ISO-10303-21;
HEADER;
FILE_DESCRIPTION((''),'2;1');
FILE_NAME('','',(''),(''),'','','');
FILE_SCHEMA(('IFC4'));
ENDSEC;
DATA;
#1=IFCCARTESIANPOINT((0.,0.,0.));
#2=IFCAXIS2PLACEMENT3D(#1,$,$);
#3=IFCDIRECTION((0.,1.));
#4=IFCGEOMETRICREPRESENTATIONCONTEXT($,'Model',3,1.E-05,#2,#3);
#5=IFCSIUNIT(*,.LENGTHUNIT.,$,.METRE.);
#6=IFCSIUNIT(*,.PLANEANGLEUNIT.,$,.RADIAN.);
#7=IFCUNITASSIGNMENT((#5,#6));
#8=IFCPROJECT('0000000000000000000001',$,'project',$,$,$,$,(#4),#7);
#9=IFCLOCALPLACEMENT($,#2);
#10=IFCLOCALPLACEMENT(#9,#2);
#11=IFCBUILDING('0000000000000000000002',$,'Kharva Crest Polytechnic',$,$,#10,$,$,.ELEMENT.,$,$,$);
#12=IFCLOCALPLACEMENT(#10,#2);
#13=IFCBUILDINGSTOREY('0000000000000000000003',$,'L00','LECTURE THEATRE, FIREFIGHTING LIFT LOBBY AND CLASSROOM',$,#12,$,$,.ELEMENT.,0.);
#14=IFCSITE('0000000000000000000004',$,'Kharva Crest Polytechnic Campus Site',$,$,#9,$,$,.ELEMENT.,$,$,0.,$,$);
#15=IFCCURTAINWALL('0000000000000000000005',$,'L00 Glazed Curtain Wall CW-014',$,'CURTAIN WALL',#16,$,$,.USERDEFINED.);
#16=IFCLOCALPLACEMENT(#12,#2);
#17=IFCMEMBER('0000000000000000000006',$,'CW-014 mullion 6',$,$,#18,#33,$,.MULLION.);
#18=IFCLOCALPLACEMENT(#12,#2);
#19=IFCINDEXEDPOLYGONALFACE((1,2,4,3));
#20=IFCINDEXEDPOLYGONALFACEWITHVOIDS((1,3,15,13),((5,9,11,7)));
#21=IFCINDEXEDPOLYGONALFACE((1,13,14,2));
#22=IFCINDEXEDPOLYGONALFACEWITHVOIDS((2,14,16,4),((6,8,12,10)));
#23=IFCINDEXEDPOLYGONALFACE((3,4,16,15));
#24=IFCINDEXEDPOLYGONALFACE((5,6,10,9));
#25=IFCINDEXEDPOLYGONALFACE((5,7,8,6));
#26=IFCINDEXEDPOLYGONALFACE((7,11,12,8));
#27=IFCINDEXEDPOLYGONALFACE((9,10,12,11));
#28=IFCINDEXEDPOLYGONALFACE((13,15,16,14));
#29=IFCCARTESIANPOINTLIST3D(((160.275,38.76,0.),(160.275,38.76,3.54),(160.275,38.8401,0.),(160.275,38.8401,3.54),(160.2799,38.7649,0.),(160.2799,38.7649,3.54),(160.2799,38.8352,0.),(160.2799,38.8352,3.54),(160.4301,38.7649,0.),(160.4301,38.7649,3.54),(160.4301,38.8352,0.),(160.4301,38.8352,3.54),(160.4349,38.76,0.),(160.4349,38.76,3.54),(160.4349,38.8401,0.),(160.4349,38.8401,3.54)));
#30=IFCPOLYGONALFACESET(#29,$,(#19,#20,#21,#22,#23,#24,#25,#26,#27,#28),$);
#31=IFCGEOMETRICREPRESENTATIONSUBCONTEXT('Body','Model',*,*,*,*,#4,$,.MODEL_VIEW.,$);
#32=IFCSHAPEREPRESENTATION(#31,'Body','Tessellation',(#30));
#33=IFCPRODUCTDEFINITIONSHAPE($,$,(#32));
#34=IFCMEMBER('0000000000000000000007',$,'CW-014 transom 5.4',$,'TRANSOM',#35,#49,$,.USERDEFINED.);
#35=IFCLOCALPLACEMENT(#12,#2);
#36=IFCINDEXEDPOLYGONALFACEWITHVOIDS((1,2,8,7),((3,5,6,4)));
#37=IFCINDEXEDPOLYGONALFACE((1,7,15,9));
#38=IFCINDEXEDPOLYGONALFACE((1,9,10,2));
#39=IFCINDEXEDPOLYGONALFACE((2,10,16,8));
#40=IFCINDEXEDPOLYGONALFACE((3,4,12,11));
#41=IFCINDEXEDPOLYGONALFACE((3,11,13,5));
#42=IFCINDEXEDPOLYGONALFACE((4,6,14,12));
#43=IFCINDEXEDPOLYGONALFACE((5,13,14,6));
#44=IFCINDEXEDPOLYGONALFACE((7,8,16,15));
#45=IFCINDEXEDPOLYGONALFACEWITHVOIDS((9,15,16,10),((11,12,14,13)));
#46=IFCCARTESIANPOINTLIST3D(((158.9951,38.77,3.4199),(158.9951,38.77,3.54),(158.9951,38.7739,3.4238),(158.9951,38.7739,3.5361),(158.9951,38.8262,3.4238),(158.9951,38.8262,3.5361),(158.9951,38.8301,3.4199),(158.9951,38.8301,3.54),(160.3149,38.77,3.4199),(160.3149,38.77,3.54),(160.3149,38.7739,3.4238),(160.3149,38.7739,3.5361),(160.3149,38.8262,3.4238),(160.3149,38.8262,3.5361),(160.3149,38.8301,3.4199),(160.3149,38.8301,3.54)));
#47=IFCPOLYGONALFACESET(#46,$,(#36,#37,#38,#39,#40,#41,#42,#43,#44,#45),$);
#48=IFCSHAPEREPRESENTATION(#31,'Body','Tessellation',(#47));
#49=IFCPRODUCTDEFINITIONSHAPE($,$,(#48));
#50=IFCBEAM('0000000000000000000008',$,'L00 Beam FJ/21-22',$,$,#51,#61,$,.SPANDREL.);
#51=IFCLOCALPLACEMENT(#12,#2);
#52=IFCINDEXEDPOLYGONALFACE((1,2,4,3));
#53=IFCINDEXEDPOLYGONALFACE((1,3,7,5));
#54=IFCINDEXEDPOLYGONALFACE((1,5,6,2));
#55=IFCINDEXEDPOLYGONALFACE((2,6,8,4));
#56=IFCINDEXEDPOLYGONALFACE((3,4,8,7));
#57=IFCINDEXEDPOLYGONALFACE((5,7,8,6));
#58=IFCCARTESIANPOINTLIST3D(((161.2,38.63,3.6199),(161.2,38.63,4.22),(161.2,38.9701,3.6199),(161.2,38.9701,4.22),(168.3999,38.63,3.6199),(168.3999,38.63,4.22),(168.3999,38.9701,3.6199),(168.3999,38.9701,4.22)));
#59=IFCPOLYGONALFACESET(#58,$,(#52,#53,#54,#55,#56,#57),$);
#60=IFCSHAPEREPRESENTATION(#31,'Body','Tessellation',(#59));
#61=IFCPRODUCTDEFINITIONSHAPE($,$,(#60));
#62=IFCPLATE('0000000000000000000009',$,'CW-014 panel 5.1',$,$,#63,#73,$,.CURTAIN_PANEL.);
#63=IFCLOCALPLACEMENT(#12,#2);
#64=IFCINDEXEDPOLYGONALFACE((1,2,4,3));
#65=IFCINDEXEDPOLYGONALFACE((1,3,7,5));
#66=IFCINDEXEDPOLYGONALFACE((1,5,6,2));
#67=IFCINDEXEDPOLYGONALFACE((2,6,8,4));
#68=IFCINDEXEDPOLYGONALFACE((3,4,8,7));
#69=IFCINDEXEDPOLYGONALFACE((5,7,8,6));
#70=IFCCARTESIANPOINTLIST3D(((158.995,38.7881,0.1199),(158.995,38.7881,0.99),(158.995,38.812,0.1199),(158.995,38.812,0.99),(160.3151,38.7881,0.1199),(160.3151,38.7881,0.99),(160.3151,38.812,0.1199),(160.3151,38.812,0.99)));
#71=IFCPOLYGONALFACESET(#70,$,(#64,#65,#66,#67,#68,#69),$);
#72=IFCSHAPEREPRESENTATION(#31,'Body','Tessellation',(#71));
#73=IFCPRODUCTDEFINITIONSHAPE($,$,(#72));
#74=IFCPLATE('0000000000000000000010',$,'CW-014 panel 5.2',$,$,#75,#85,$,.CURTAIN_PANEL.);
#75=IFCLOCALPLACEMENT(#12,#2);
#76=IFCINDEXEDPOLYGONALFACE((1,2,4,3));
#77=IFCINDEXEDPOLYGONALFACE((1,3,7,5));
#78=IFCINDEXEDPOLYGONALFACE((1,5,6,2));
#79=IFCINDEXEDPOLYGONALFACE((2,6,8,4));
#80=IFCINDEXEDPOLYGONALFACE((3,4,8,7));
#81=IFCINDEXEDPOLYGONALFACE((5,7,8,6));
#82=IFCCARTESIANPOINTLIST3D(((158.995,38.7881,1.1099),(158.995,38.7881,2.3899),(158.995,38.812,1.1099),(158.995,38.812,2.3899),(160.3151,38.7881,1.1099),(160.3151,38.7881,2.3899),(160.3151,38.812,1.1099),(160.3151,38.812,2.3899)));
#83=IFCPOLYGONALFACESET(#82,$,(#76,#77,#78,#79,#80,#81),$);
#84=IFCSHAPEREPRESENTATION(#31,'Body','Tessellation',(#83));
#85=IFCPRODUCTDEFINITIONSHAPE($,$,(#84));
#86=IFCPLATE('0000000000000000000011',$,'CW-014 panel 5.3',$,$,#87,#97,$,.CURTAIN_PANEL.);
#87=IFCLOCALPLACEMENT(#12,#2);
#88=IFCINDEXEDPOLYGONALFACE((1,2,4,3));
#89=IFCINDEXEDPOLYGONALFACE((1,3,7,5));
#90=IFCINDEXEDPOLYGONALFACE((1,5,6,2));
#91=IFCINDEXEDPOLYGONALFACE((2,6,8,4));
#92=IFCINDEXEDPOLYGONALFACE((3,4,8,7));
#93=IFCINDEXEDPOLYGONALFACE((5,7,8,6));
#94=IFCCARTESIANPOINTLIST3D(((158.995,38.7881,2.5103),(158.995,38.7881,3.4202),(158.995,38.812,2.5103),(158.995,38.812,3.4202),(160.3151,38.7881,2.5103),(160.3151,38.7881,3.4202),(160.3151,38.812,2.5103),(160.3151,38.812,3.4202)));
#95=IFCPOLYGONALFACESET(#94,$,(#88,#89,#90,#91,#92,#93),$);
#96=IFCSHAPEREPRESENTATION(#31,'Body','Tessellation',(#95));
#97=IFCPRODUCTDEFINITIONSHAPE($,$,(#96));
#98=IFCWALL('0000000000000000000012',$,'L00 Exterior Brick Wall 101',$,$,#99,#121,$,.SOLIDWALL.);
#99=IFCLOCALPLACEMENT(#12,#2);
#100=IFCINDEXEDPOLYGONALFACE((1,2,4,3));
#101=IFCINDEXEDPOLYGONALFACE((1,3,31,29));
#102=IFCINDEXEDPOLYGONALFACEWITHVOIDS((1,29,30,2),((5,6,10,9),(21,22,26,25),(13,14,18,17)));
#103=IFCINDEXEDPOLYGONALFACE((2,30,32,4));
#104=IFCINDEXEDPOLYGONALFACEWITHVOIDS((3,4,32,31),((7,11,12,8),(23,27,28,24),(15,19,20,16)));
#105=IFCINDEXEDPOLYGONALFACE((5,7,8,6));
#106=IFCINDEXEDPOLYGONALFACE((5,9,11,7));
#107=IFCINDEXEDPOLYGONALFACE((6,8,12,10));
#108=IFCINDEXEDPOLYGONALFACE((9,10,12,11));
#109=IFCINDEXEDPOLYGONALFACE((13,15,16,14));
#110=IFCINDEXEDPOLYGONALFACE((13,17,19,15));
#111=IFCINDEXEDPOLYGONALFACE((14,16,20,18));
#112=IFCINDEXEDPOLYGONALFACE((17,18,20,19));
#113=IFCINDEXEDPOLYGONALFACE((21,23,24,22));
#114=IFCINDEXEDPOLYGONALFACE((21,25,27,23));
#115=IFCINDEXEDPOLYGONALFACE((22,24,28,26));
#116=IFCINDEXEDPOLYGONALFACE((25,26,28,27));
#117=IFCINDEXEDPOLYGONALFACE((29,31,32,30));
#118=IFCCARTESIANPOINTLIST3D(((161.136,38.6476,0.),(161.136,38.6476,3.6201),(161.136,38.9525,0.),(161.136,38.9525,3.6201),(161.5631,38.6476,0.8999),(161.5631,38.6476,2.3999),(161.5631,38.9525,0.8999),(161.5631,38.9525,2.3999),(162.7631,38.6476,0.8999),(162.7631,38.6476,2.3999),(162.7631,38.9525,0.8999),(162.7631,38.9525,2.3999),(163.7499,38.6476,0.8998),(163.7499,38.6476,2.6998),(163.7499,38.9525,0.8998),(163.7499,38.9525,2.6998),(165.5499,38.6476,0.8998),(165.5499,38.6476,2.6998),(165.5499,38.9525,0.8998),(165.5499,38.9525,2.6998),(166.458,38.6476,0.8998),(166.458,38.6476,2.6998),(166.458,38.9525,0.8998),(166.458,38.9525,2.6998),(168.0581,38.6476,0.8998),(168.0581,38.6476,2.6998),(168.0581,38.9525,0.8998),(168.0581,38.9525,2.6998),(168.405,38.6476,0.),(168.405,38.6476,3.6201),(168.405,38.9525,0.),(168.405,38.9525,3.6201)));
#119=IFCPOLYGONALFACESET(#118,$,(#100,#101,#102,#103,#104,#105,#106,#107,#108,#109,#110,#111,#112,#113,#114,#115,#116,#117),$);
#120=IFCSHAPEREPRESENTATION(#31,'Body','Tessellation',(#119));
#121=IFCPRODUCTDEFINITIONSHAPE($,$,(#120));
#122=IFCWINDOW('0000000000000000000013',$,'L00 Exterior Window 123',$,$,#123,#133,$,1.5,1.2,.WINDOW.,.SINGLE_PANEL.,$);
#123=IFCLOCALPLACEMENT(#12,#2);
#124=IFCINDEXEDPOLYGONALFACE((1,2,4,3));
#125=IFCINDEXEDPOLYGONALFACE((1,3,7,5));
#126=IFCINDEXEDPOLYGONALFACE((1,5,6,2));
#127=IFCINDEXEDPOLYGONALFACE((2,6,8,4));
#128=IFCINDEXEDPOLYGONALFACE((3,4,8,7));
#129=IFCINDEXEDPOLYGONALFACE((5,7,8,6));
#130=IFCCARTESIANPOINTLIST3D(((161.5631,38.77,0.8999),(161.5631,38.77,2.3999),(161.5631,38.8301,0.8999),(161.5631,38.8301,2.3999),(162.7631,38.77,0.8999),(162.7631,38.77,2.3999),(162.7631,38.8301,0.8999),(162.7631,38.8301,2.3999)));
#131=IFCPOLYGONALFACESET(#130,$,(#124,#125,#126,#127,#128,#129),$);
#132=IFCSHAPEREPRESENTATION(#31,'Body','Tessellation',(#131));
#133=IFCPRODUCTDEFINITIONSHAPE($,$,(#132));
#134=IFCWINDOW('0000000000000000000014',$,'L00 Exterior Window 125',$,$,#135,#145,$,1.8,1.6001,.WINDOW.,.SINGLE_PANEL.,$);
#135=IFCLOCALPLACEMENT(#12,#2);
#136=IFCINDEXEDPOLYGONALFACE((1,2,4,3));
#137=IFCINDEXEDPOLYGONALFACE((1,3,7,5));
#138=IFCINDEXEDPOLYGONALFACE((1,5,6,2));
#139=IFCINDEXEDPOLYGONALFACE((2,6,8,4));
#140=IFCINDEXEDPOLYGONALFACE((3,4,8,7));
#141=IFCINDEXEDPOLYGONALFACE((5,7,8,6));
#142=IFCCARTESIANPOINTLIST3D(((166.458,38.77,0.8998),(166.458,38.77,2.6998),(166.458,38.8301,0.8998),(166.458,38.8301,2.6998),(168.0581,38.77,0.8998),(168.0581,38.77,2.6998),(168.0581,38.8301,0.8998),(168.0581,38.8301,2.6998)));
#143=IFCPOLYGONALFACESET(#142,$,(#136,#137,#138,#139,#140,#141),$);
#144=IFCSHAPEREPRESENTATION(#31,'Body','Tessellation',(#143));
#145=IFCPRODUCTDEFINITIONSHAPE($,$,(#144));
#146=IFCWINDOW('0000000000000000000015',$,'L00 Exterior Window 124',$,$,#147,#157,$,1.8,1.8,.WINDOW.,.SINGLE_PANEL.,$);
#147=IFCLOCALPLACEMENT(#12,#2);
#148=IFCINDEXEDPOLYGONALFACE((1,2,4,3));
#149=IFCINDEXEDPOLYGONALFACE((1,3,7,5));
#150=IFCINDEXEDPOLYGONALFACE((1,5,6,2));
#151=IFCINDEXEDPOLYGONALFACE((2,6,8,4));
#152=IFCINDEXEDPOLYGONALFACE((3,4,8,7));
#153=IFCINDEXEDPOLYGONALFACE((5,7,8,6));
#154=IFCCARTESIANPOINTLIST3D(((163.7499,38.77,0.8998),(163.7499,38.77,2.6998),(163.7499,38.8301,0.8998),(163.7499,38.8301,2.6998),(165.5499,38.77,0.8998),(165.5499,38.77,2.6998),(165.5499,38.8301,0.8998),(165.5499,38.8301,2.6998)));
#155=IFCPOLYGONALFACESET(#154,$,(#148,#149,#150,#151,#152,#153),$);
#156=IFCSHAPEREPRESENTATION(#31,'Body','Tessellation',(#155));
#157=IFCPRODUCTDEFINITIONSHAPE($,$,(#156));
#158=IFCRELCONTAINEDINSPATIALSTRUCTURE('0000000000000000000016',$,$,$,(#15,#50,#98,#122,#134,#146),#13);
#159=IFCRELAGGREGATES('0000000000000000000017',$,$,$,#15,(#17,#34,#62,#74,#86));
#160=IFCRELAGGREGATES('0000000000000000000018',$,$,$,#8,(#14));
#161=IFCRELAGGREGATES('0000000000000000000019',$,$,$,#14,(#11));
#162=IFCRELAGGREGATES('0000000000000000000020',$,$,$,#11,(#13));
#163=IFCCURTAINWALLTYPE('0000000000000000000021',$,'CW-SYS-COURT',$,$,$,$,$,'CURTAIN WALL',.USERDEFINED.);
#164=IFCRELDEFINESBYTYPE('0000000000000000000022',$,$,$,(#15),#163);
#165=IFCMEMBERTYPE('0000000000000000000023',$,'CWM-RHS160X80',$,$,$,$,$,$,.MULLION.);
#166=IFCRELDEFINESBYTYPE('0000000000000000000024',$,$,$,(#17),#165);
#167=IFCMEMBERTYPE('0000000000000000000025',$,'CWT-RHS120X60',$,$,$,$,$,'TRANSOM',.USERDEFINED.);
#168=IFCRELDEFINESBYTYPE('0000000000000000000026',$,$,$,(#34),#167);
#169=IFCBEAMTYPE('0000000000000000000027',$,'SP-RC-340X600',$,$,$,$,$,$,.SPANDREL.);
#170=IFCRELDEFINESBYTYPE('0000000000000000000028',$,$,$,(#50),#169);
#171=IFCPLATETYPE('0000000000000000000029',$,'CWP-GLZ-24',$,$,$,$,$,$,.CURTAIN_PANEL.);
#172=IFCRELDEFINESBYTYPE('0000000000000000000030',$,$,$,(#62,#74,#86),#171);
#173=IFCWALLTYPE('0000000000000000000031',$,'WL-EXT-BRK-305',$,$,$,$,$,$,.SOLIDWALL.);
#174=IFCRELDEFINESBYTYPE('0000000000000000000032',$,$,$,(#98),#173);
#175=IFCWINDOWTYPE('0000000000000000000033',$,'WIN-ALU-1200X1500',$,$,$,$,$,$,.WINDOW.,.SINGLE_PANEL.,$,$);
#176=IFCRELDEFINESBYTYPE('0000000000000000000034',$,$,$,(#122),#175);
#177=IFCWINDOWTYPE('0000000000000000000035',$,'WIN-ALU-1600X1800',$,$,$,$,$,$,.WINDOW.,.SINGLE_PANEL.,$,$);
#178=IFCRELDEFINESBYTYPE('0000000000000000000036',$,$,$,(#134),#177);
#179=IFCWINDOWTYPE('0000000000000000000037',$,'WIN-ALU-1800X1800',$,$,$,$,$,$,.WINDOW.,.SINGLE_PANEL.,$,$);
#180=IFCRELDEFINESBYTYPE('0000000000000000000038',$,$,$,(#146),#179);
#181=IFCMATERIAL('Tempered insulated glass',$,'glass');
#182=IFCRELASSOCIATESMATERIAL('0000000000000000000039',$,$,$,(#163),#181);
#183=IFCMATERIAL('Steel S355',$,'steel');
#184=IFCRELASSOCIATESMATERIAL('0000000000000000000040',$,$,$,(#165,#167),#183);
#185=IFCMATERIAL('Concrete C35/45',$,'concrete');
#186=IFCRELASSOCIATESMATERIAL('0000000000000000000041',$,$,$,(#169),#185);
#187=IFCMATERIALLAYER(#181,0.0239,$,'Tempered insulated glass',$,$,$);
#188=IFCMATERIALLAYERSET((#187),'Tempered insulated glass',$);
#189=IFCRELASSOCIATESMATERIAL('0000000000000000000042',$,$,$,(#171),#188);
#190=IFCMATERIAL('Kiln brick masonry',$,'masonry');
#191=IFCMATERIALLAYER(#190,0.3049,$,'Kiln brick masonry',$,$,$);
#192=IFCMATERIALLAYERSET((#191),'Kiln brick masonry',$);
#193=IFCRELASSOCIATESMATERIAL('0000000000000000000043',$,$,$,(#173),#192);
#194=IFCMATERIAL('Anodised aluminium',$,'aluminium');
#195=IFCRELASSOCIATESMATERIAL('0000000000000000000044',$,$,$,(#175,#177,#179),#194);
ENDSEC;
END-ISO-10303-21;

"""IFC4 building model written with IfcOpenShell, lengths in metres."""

from ifc_helpers import new_model, si_unit, direction, frame, frame_2d, origin, origin_2d, place, context, subcontext, project, spatial, rectangle, hollow_rectangle, extrude, material, layer, layer_set, material_profile, profile_set, type_object, element, fill, aggregate, save


model = new_model("IFC4")

# Units and contexts
model_context = context("Model", 3, precision=1e-05, world=origin(), true_north=direction((0.0, 1.0)))
body_context = subcontext(model_context, "Body", "Model", "MODEL_VIEW")
ifc_project = project(units=[si_unit("LENGTHUNIT", "METRE"), si_unit("PLANEANGLEUNIT", "RADIAN")], contexts=[model_context])

# Site, building, storey
site_placement = place(None, origin())
site = spatial("IfcSite", under=ifc_project, at=site_placement, Name="Kharva Crest Polytechnic Campus Site", CompositionType="ELEMENT", RefElevation=0.0)
building_placement = place(site_placement, origin())
building = spatial("IfcBuilding", under=site, at=building_placement, Name="Kharva Crest Polytechnic", CompositionType="ELEMENT")
storey_placement = place(building_placement, origin())
storey = spatial("IfcBuildingStorey", under=building, at=storey_placement, Name="L00", Description="LECTURE THEATRE, FIREFIGHTING LIFT LOBBY AND CLASSROOM", CompositionType="ELEMENT", Elevation=0.0)

# Shared definitions
ifc_material_1 = material(Name="Concrete C35/45", Category="concrete")

# Curtain wall, members
ifc_material_2 = material(Name="Tempered insulated glass", Category="glass")
curtain_wall_type = type_object("IfcCurtainWallType", Name="CW-SYS-COURT", ElementType="CURTAIN WALL", PredefinedType="USERDEFINED", material=ifc_material_2)
curtain_wall_placement = place(storey_placement, origin())
curtain_wall = element("IfcCurtainWall", 1, at=curtain_wall_placement, inside=storey, type_object=curtain_wall_type, Name="L00 Glazed Curtain Wall CW-014", ObjectType="CURTAIN WALL", PredefinedType="USERDEFINED")
ifc_material_3 = material(Name="Steel S355", Category="steel")
ifc_material_profile_1 = material_profile(ifc_material_3, hollow_rectangle(XDim=0.0801, YDim=0.1599, WallThickness=0.0049, at=origin_2d()), Name="RHS 160X80X5.0")
ifc_profile_set_1 = profile_set([ifc_material_profile_1], Name="Steel S355")
member_type_1 = type_object("IfcMemberType", Name="CWM-RHS160X80", PredefinedType="MULLION", material=ifc_profile_set_1)
member_1_placement = place(storey_placement, frame((160.355, 38.8, 0.0), z_axis=(0.0, 0.0, 1.0), x_axis=(0.0, 1.0, 0.0)))
member_1 = element("IfcMember", 2, at=member_1_placement, type_object=member_type_1, Name="CW-014 mullion 6", PredefinedType="MULLION", context=body_context, shape_type="SweptSolid", body=[
    extrude(hollow_rectangle(XDim=0.0801, YDim=0.1599, WallThickness=0.0049, at=origin_2d()), origin(), (0.0, 0.0, 1.0), 3.54),
])
ifc_material_profile_2 = material_profile(ifc_material_3, hollow_rectangle(XDim=0.0601, YDim=0.1201, WallThickness=0.0039, at=origin_2d()), Name="RHS 120X60X4.0")
ifc_profile_set_2 = profile_set([ifc_material_profile_2], Name="Steel S355")
member_type_2 = type_object("IfcMemberType", Name="CWT-RHS120X60", ElementType="TRANSOM", PredefinedType="USERDEFINED", material=ifc_profile_set_2)
member_2_placement = place(storey_placement, frame((158.9951, 38.8, 3.48), z_axis=(1.0, 0.0, 0.0), x_axis=(0.0, 1.0, 0.0)))
member_2 = element("IfcMember", 3, at=member_2_placement, type_object=member_type_2, Name="CW-014 transom 5.4", ObjectType="TRANSOM", PredefinedType="USERDEFINED", context=body_context, shape_type="SweptSolid", body=[
    extrude(hollow_rectangle(XDim=0.0601, YDim=0.1201, WallThickness=0.0039, at=origin_2d()), origin(), (0.0, 0.0, 1.0), 1.3198),
])

# Beam
ifc_material_profile_3 = material_profile(ifc_material_1, rectangle(XDim=0.3401, YDim=0.6001, at=origin_2d()), Name="RECT 340 X 600")
ifc_profile_set_3 = profile_set([ifc_material_profile_3], Name="Concrete C35/45")
beam_type = type_object("IfcBeamType", Name="SP-RC-340X600", PredefinedType="SPANDREL", material=ifc_profile_set_3)
beam_placement = place(storey_placement, frame((161.2, 38.8, 3.9199), z_axis=(1.0, 0.0, 0.0), x_axis=(0.0, 1.0, 0.0)))
element("IfcBeam", 4, at=beam_placement, inside=storey, type_object=beam_type, Name="L00 Beam FJ/21-22", PredefinedType="SPANDREL", context=body_context, shape_type="SweptSolid", body=[
    extrude(rectangle(XDim=0.3401, YDim=0.6001, at=origin_2d()), origin(), (0.0, 0.0, 1.0), 7.2),
])

# Plates
ifc_layer_1 = layer(ifc_material_2, 0.0239, Name="Tempered insulated glass")
ifc_layer_set_1 = layer_set([ifc_layer_1], Name="Tempered insulated glass")
plate_type = type_object("IfcPlateType", Name="CWP-GLZ-24", PredefinedType="CURTAIN_PANEL", material=ifc_layer_set_1)
plate_1_placement = place(storey_placement, frame((159.655, 38.8, 0.1199), z_axis=(0.0, 0.0, 1.0), x_axis=(1.0, 0.0, 0.0)))
plate_1 = element("IfcPlate", 5, at=plate_1_placement, type_object=plate_type, Name="CW-014 panel 5.1", PredefinedType="CURTAIN_PANEL", context=body_context, shape_type="SweptSolid", body=[
    extrude(rectangle(XDim=1.3201, YDim=0.0239, at=origin_2d()), origin(), (0.0, 0.0, 1.0), 0.8701),
])
plate_2_placement = place(storey_placement, frame((159.655, 38.8, 1.1099), z_axis=(0.0, 0.0, 1.0), x_axis=(1.0, 0.0, 0.0)))
plate_2 = element("IfcPlate", 6, at=plate_2_placement, type_object=plate_type, Name="CW-014 panel 5.2", PredefinedType="CURTAIN_PANEL", context=body_context, shape_type="SweptSolid", body=[
    extrude(rectangle(XDim=1.3201, YDim=0.0239, at=origin_2d()), origin(), (0.0, 0.0, 1.0), 1.28),
])
plate_3_placement = place(storey_placement, frame((159.655, 38.8, 2.5103), z_axis=(0.0, 0.0, 1.0), x_axis=(1.0, 0.0, 0.0)))
plate_3 = element("IfcPlate", 7, at=plate_3_placement, type_object=plate_type, Name="CW-014 panel 5.3", PredefinedType="CURTAIN_PANEL", context=body_context, shape_type="SweptSolid", body=[
    extrude(rectangle(XDim=1.3201, YDim=0.0239, at=origin_2d()), origin(), (0.0, 0.0, 1.0), 0.9099),
])
aggregate(curtain_wall, [member_1, member_2, plate_1, plate_2, plate_3])

# Wall, openings, windows
ifc_material_4 = material(Name="Kiln brick masonry", Category="masonry")
ifc_layer_2 = layer(ifc_material_4, 0.3049, Name="Kiln brick masonry")
ifc_layer_set_2 = layer_set([ifc_layer_2], Name="Kiln brick masonry")
wall_type_1 = type_object("IfcWallType", Name="WL-EXT-BRK-305", PredefinedType="SOLIDWALL", material=ifc_layer_set_2)
wall_1_placement = place(storey_placement, frame((161.136, 38.8, 0.0), z_axis=(0.0, 0.0, 1.0), x_axis=(1.0, 0.0, 0.0)))
wall_1 = element("IfcWall", 8, at=wall_1_placement, inside=storey, type_object=wall_type_1, Name="L00 Exterior Brick Wall 101", PredefinedType="SOLIDWALL", context=body_context, shape_type="SweptSolid", body=[
    extrude(rectangle(XDim=7.269, YDim=0.3049, at=frame_2d((3.6345, 0.0))), origin(), (0.0, 0.0, 1.0), 3.6201),
])
opening_1_placement = place(wall_1_placement, frame((0.427, 0.0, 0.8999)))
opening_1 = element("IfcOpeningElement", 9, at=opening_1_placement, cuts=wall_1, PredefinedType="OPENING", context=body_context, shape_type="SweptSolid", body=[
    extrude(rectangle(XDim=1.2, YDim=1.5, at=frame_2d((0.6001, 0.75))), frame((0.0, 0.1624, 0.0), z_axis=(0.0, -1.0, 0.0), x_axis=(1.0, 0.0, 0.0)), (0.0, 0.0, 1.0), 0.325),
])
opening_2_placement = place(wall_1_placement, frame((2.614, 0.0, 0.8999)))
opening_2 = element("IfcOpeningElement", 10, at=opening_2_placement, cuts=wall_1, PredefinedType="OPENING", context=body_context, shape_type="SweptSolid", body=[
    extrude(rectangle(XDim=1.8, YDim=1.8, at=frame_2d((0.8999, 0.8999))), frame((0.0, 0.1624, 0.0), z_axis=(0.0, -1.0, 0.0), x_axis=(1.0, 0.0, 0.0)), (0.0, 0.0, 1.0), 0.325),
])
opening_3_placement = place(wall_1_placement, frame((5.322, 0.0, 0.8999)))
opening_3 = element("IfcOpeningElement", 11, at=opening_3_placement, cuts=wall_1, PredefinedType="OPENING", context=body_context, shape_type="SweptSolid", body=[
    extrude(rectangle(XDim=1.6001, YDim=1.8, at=frame_2d((0.8, 0.8999))), frame((0.0, 0.1624, 0.0), z_axis=(0.0, -1.0, 0.0), x_axis=(1.0, 0.0, 0.0)), (0.0, 0.0, 1.0), 0.325),
])
ifc_material_5 = material(Name="Anodised aluminium", Category="aluminium")
window_type_1 = type_object("IfcWindowType", Name="WIN-ALU-1200X1500", PartitioningType="SINGLE_PANEL", PredefinedType="WINDOW", material=ifc_material_5)
window_1_placement = place(opening_1_placement, origin())
window_1 = element("IfcWindow", 12, at=window_1_placement, inside=storey, type_object=window_type_1, Name="L00 Exterior Window 123", OverallHeight=1.5, OverallWidth=1.2, PartitioningType="SINGLE_PANEL", PredefinedType="WINDOW", context=body_context, shape_type="SweptSolid", body=[
    extrude(rectangle(XDim=1.2, YDim=1.5, at=frame_2d((0.6001, 0.75))), frame((0.0, 0.03, 0.0), z_axis=(0.0, -1.0, 0.0), x_axis=(1.0, 0.0, 0.0)), (0.0, 0.0, 1.0), 0.0601),
])
fill(opening_1, window_1)
window_type_2 = type_object("IfcWindowType", Name="WIN-ALU-1600X1800", PartitioningType="SINGLE_PANEL", PredefinedType="WINDOW", material=ifc_material_5)
window_2_placement = place(opening_3_placement, origin())
window_2 = element("IfcWindow", 13, at=window_2_placement, inside=storey, type_object=window_type_2, Name="L00 Exterior Window 125", OverallHeight=1.8, OverallWidth=1.6001, PartitioningType="SINGLE_PANEL", PredefinedType="WINDOW", context=body_context, shape_type="SweptSolid", body=[
    extrude(rectangle(XDim=1.6001, YDim=1.8, at=frame_2d((0.8, 0.8999))), frame((0.0, 0.03, 0.0), z_axis=(0.0, -1.0, 0.0), x_axis=(1.0, 0.0, 0.0)), (0.0, 0.0, 1.0), 0.0601),
])
fill(opening_3, window_2)
window_type_3 = type_object("IfcWindowType", Name="WIN-ALU-1800X1800", PartitioningType="SINGLE_PANEL", PredefinedType="WINDOW", material=ifc_material_5)
window_3_placement = place(opening_2_placement, origin())
window_3 = element("IfcWindow", 14, at=window_3_placement, inside=storey, type_object=window_type_3, Name="L00 Exterior Window 124", OverallHeight=1.8, OverallWidth=1.8, PartitioningType="SINGLE_PANEL", PredefinedType="WINDOW", context=body_context, shape_type="SweptSolid", body=[
    extrude(rectangle(XDim=1.8, YDim=1.8, at=frame_2d((0.8999, 0.8999))), frame((0.0, 0.03, 0.0), z_axis=(0.0, -1.0, 0.0), x_axis=(1.0, 0.0, 0.0)), (0.0, 0.0, 1.0), 0.0601),
])
fill(opening_2, window_3)

save(model, "model.ifc")
